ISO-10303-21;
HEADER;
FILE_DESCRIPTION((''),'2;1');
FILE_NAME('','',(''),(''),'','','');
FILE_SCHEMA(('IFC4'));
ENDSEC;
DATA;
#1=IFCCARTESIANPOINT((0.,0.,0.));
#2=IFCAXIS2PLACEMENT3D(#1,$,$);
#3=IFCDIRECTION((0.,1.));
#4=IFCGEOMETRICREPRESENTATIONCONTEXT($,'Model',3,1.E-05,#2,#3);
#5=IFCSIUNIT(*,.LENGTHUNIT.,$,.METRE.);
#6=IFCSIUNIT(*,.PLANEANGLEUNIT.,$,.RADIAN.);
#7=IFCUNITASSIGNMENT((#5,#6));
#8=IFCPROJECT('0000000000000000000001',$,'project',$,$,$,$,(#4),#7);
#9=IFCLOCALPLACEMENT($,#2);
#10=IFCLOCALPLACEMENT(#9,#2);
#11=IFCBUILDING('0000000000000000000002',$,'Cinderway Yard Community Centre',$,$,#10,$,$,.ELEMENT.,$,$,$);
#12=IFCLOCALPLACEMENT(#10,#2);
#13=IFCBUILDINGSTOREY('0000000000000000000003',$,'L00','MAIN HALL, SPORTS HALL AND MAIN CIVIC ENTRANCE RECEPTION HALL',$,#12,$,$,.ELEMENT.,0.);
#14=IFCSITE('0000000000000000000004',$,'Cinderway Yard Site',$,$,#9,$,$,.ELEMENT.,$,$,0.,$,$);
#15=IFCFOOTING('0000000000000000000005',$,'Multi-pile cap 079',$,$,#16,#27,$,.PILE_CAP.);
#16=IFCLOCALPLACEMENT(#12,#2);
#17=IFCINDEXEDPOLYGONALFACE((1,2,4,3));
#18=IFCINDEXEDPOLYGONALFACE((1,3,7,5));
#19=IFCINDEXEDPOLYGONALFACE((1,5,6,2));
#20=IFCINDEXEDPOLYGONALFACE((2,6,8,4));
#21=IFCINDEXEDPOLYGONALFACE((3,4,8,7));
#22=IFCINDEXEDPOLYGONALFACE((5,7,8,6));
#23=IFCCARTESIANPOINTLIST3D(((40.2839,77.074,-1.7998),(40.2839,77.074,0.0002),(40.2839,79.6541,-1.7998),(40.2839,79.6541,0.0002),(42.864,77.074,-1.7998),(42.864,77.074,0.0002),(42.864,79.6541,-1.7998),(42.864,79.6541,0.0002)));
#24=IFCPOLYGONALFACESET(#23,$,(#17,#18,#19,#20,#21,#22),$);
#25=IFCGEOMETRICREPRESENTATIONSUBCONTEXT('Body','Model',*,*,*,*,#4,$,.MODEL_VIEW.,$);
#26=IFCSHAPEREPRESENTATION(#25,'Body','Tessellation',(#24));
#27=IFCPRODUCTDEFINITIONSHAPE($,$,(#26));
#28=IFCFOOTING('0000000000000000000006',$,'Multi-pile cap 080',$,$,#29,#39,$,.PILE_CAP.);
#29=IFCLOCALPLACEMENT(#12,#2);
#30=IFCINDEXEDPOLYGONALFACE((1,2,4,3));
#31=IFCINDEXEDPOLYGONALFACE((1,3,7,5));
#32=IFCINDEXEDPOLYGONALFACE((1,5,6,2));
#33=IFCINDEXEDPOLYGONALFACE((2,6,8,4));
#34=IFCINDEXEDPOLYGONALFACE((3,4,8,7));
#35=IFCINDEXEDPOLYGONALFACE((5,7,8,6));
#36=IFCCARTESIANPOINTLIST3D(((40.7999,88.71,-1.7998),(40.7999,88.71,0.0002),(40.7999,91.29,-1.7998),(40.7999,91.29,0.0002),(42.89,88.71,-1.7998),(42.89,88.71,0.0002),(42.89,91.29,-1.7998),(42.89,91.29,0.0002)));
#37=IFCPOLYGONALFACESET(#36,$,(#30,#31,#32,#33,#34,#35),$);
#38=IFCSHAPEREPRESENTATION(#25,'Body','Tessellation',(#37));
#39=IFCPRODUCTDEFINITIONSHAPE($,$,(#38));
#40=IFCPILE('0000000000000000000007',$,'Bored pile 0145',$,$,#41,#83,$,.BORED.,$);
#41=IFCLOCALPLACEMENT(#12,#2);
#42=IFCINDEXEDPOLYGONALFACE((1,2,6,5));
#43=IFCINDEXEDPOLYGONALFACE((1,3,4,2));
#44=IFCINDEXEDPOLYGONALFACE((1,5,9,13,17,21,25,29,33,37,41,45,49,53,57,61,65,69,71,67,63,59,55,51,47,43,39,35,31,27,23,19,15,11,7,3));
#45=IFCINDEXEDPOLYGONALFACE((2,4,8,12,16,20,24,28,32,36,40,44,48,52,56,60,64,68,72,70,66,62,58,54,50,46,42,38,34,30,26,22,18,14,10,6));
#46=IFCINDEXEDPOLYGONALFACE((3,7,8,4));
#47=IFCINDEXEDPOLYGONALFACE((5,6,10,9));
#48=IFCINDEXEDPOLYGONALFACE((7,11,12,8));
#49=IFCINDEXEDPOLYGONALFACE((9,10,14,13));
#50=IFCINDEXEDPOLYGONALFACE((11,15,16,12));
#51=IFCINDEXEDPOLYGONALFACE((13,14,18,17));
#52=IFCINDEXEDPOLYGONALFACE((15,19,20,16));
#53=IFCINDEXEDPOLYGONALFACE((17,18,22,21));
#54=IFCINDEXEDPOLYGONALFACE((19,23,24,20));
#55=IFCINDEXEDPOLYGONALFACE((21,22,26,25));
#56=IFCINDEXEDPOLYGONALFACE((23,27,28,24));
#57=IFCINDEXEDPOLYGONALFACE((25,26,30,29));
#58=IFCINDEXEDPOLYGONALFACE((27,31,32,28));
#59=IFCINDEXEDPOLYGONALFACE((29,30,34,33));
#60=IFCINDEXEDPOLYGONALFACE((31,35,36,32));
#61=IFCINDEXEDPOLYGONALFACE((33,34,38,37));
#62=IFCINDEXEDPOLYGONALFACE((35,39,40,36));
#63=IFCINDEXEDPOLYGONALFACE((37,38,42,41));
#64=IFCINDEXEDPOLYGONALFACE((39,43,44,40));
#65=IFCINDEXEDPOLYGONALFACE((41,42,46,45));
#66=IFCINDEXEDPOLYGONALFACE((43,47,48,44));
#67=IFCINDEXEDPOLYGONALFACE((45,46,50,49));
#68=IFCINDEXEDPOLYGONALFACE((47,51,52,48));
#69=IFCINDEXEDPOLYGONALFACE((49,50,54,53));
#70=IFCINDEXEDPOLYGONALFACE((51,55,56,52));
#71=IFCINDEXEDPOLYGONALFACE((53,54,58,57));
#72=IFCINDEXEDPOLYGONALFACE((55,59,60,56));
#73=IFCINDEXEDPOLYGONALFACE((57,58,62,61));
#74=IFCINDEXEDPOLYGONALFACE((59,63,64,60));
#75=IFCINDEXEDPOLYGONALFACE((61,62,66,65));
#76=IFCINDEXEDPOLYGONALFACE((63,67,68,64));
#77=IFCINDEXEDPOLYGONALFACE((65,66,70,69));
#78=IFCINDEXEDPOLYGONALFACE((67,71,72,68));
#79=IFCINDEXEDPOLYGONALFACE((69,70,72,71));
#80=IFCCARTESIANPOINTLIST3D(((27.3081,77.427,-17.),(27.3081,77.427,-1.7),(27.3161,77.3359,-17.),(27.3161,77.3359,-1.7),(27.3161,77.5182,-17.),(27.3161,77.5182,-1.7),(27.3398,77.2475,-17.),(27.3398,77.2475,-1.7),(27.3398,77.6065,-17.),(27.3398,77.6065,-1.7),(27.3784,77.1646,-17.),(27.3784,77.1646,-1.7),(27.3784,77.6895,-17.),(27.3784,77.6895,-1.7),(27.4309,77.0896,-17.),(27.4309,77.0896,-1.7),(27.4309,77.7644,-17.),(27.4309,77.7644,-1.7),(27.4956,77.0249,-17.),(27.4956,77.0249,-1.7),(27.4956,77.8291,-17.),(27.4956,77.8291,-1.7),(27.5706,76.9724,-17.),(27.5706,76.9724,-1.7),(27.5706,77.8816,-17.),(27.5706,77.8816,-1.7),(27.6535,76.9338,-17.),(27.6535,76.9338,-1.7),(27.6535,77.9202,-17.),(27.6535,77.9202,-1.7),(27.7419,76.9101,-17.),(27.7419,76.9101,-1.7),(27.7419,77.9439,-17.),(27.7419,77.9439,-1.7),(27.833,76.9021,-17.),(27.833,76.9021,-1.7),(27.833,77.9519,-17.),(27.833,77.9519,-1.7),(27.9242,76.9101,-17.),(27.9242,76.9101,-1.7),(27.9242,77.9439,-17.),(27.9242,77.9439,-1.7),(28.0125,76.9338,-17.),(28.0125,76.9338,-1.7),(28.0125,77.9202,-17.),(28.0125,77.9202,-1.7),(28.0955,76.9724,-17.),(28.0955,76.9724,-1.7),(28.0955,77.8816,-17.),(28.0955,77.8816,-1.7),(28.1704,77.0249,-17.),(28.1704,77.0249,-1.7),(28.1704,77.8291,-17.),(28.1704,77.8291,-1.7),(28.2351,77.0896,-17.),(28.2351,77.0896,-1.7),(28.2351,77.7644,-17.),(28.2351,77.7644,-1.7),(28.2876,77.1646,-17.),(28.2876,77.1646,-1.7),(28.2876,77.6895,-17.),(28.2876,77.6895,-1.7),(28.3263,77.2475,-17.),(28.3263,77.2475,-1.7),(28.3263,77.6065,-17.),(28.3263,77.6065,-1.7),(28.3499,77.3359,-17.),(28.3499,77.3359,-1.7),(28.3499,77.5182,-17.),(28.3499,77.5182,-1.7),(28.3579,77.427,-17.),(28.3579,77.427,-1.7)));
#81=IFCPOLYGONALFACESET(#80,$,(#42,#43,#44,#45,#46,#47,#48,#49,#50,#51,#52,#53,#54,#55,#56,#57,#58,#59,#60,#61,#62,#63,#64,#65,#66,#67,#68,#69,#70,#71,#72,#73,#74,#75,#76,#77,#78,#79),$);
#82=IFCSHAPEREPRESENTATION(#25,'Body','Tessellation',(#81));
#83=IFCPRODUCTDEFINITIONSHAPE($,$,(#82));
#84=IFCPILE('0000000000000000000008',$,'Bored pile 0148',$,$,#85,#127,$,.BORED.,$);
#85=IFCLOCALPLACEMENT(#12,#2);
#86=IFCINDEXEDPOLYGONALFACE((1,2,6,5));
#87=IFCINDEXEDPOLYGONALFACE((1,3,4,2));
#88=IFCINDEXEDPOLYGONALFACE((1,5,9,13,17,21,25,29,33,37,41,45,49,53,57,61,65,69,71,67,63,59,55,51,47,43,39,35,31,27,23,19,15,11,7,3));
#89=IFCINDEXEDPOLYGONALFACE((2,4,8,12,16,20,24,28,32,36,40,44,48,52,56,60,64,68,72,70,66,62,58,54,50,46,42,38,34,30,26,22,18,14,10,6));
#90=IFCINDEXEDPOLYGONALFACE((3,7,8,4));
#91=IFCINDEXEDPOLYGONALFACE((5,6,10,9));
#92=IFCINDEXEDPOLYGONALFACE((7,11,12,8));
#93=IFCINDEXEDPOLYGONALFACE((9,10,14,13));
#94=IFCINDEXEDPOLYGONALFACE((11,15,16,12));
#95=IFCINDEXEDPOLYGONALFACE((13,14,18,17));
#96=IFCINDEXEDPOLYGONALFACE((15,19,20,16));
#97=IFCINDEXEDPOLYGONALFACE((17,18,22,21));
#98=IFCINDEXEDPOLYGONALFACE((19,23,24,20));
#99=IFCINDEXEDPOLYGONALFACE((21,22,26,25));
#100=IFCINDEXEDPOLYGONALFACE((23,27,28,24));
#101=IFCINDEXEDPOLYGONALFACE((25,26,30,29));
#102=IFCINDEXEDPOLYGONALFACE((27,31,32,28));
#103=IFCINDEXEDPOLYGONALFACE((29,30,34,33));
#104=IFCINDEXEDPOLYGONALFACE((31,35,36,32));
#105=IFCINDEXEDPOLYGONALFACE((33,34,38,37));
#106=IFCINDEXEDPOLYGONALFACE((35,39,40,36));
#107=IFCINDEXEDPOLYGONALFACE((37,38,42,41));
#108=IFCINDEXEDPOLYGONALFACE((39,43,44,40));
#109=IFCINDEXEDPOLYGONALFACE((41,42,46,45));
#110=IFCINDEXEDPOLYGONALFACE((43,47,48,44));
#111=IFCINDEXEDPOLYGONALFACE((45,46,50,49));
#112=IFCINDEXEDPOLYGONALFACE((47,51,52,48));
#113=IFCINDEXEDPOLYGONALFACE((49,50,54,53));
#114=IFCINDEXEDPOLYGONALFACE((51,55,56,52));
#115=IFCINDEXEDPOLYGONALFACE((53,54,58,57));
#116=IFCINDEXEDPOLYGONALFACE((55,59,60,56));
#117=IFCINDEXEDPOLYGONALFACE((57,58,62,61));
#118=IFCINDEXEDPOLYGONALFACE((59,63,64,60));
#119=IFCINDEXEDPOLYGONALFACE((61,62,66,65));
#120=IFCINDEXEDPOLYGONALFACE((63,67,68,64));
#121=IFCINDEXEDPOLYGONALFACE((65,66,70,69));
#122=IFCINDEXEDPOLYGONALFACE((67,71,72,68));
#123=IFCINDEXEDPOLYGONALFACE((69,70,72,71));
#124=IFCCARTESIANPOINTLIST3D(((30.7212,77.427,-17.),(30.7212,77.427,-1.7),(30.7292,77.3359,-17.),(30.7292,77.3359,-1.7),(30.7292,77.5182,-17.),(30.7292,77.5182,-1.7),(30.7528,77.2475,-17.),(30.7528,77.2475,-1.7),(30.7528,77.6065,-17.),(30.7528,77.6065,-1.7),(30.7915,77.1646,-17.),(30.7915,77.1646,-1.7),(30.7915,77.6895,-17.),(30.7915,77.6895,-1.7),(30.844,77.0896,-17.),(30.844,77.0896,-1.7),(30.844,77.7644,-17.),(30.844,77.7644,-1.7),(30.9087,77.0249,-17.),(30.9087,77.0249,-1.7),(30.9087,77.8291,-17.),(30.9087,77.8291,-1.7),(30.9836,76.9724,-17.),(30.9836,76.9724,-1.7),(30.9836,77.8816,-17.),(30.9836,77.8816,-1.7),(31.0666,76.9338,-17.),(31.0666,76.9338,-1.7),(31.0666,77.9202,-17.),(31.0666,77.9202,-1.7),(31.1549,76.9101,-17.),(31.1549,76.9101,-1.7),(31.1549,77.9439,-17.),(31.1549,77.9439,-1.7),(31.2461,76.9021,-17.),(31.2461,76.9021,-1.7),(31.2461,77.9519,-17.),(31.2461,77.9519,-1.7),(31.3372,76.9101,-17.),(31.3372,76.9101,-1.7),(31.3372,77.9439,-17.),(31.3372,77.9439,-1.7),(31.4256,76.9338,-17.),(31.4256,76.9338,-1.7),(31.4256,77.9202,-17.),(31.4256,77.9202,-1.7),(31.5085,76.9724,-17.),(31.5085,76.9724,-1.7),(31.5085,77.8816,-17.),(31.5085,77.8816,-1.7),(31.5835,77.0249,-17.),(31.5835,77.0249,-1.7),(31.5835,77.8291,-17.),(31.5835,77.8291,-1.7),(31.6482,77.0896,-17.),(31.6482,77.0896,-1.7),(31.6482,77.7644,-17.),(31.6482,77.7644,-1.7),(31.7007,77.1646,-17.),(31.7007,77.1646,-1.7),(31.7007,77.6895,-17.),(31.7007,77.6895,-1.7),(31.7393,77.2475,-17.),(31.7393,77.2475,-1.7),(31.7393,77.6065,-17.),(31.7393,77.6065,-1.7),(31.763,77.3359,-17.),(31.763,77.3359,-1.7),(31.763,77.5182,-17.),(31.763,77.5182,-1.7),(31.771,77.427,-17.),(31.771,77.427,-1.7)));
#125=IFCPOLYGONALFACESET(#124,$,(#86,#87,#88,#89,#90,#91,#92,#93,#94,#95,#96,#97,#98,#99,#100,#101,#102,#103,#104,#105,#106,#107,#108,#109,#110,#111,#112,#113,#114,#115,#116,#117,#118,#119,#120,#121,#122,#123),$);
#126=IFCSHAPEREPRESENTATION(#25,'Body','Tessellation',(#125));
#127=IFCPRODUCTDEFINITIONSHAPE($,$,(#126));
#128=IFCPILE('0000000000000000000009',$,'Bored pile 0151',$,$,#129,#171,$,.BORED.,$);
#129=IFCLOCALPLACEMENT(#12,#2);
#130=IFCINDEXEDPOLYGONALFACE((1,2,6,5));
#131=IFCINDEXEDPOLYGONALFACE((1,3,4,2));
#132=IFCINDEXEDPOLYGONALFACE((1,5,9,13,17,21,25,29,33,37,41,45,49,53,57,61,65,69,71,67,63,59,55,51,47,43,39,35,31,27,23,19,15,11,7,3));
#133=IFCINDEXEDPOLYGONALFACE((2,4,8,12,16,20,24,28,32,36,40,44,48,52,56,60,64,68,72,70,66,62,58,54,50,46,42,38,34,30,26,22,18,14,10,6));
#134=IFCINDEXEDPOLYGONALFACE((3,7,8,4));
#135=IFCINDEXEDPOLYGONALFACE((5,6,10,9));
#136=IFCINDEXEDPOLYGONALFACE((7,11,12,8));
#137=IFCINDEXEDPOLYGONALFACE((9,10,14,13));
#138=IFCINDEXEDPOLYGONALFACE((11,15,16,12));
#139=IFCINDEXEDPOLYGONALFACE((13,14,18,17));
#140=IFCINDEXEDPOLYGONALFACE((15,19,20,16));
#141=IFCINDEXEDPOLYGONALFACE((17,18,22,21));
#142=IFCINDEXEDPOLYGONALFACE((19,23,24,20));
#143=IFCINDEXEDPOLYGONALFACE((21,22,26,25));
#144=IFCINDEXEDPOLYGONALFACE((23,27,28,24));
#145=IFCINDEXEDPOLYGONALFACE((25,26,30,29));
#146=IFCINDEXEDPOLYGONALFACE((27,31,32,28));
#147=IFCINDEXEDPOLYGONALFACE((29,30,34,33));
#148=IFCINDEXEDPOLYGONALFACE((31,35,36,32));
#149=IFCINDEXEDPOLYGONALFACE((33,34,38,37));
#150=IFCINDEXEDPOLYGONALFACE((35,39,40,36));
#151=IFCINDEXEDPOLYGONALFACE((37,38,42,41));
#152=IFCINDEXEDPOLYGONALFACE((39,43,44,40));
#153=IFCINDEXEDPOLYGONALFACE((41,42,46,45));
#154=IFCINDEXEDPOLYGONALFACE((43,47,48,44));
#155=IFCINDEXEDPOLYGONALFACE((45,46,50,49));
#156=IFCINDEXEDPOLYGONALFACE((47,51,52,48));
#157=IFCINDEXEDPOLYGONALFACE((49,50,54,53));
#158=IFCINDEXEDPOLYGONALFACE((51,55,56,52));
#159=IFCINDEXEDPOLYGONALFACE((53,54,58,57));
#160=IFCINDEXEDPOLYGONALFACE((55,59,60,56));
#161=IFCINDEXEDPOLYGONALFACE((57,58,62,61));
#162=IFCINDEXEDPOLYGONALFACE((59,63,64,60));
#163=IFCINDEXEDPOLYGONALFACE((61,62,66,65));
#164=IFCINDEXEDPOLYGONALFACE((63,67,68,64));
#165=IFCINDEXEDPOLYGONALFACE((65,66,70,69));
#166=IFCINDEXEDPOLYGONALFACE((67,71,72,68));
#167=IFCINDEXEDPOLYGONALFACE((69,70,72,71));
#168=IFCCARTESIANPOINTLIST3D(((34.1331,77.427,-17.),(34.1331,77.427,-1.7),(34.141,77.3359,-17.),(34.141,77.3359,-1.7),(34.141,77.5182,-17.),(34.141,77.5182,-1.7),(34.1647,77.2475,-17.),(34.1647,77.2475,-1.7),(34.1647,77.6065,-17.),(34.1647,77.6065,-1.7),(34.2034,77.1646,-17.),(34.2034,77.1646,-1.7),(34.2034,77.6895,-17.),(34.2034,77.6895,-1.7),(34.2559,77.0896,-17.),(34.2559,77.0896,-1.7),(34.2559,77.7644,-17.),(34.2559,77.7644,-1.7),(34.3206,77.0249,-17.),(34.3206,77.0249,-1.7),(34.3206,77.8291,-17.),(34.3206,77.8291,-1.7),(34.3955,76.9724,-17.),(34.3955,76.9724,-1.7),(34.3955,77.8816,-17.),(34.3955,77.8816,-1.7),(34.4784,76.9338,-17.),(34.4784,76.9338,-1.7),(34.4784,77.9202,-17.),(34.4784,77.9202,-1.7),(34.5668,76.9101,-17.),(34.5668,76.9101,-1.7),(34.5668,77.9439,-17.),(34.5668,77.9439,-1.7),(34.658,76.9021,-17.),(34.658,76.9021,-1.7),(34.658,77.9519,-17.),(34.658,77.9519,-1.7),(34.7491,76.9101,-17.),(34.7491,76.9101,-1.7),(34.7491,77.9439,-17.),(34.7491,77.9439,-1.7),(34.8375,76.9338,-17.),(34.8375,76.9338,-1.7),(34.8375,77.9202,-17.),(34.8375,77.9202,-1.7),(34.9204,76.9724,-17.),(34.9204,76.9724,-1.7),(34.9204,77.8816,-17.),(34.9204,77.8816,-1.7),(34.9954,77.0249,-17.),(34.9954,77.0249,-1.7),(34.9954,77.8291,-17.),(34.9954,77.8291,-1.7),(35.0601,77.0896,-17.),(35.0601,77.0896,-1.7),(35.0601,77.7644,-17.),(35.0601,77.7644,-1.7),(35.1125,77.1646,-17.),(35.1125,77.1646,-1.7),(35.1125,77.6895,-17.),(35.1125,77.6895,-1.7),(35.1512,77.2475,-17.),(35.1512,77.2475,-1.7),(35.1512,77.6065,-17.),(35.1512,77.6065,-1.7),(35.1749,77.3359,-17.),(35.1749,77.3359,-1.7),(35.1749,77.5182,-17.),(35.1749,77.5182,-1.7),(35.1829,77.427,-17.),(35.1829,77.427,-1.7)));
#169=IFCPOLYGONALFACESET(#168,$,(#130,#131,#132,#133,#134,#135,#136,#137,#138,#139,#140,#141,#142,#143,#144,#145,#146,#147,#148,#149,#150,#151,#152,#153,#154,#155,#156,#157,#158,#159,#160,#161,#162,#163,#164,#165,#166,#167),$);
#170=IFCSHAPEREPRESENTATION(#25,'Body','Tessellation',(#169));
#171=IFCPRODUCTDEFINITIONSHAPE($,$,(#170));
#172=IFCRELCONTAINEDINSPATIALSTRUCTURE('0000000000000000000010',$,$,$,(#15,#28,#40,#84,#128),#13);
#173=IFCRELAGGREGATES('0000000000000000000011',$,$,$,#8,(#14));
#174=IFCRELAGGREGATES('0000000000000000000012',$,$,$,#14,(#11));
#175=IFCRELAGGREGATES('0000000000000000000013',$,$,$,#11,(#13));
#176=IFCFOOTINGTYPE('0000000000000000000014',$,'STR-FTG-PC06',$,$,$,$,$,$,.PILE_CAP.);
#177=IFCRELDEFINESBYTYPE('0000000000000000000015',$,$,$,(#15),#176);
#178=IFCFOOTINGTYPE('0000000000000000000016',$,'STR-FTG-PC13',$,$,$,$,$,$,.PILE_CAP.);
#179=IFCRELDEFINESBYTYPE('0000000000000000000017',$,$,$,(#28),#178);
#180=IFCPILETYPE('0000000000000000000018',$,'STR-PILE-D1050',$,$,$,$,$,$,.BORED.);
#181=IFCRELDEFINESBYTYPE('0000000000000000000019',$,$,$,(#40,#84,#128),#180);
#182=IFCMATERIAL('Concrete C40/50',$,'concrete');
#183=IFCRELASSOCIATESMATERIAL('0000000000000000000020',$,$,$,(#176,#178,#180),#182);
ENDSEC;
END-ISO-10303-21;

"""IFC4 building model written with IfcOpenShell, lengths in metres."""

from ifc_helpers import new_model, si_unit, direction, frame, origin, origin_2d, place, context, subcontext, project, spatial, rectangle, circle, extrude, material, material_profile, profile_set, type_object, element, save


model = new_model("IFC4")

# Units and contexts
model_context = context("Model", 3, precision=1e-05, world=origin(), true_north=direction((0.0, 1.0)))
body_context = subcontext(model_context, "Body", "Model", "MODEL_VIEW")
ifc_project = project(units=[si_unit("LENGTHUNIT", "METRE"), si_unit("PLANEANGLEUNIT", "RADIAN")], contexts=[model_context])

# Site, building, storey
site_placement = place(None, origin())
site = spatial("IfcSite", under=ifc_project, at=site_placement, Name="Cinderway Yard Site", CompositionType="ELEMENT", RefElevation=0.0)
building_placement = place(site_placement, origin())
building = spatial("IfcBuilding", under=site, at=building_placement, Name="Cinderway Yard Community Centre", CompositionType="ELEMENT")
storey_placement = place(building_placement, origin())
storey = spatial("IfcBuildingStorey", under=building, at=storey_placement, Name="L00", Description="MAIN HALL, SPORTS HALL AND MAIN CIVIC ENTRANCE RECEPTION HALL", CompositionType="ELEMENT", Elevation=0.0)

# Footings
ifc_material_1 = material(Name="Concrete C40/50", Category="concrete")
footing_type_1 = type_object("IfcFootingType", Name="STR-FTG-PC06", PredefinedType="PILE_CAP", material=ifc_material_1)
footing_1_placement = place(storey_placement, frame((41.574, 78.364, -1.7998), z_axis=(0.0, 0.0, 1.0), x_axis=(1.0, 0.0, 0.0)))
element("IfcFooting", 1, at=footing_1_placement, inside=storey, type_object=footing_type_1, Name="Multi-pile cap 079", PredefinedType="PILE_CAP", context=body_context, shape_type="SweptSolid", body=[
    extrude(rectangle(XDim=2.5801, YDim=2.5801, at=origin_2d()), origin(), (0.0, 0.0, 1.0), 1.8),
])
footing_type_2 = type_object("IfcFootingType", Name="STR-FTG-PC13", PredefinedType="PILE_CAP", material=ifc_material_1)
footing_2_placement = place(storey_placement, frame((41.845, 90.0, -1.7998), z_axis=(0.0, 0.0, 1.0), x_axis=(1.0, 0.0, 0.0)))
element("IfcFooting", 2, at=footing_2_placement, inside=storey, type_object=footing_type_2, Name="Multi-pile cap 080", PredefinedType="PILE_CAP", context=body_context, shape_type="SweptSolid", body=[
    extrude(rectangle(XDim=2.0901, YDim=2.5801, at=origin_2d()), origin(), (0.0, 0.0, 1.0), 1.8),
])

# Piles
ifc_material_profile_1 = material_profile(ifc_material_1, circle(Radius=0.5249, at=origin_2d()), Name="Concrete C40/50")
ifc_profile_set_1 = profile_set([ifc_material_profile_1], Name="Concrete C40/50")
pile_type_1 = type_object("IfcPileType", Name="STR-PILE-D1050", PredefinedType="BORED", material=ifc_profile_set_1)
for number, where, z_axis, x_axis, name in (
    (3, (27.833, 77.427, -1.7), (0.0, 0.0, -1.0), (1.0, 0.0, 0.0), "Bored pile 0145"),
    (4, (31.2461, 77.427, -1.7), (0.0, 0.0, -1.0), (1.0, 0.0, 0.0), "Bored pile 0148"),
    (5, (34.658, 77.427, -1.7), (0.0, 0.0, -1.0), (1.0, 0.0, 0.0), "Bored pile 0151"),
):
    element("IfcPile", number, at=place(storey_placement, frame(where, z_axis=z_axis, x_axis=x_axis)), inside=storey, type_object=pile_type_1, Name=name, PredefinedType="BORED", context=body_context, shape_type="SweptSolid", body=[
        extrude(circle(Radius=0.5249, at=origin_2d()), origin(), (0.0, 0.0, 1.0), 15.3),
    ])

save(model, "model.ifc")
